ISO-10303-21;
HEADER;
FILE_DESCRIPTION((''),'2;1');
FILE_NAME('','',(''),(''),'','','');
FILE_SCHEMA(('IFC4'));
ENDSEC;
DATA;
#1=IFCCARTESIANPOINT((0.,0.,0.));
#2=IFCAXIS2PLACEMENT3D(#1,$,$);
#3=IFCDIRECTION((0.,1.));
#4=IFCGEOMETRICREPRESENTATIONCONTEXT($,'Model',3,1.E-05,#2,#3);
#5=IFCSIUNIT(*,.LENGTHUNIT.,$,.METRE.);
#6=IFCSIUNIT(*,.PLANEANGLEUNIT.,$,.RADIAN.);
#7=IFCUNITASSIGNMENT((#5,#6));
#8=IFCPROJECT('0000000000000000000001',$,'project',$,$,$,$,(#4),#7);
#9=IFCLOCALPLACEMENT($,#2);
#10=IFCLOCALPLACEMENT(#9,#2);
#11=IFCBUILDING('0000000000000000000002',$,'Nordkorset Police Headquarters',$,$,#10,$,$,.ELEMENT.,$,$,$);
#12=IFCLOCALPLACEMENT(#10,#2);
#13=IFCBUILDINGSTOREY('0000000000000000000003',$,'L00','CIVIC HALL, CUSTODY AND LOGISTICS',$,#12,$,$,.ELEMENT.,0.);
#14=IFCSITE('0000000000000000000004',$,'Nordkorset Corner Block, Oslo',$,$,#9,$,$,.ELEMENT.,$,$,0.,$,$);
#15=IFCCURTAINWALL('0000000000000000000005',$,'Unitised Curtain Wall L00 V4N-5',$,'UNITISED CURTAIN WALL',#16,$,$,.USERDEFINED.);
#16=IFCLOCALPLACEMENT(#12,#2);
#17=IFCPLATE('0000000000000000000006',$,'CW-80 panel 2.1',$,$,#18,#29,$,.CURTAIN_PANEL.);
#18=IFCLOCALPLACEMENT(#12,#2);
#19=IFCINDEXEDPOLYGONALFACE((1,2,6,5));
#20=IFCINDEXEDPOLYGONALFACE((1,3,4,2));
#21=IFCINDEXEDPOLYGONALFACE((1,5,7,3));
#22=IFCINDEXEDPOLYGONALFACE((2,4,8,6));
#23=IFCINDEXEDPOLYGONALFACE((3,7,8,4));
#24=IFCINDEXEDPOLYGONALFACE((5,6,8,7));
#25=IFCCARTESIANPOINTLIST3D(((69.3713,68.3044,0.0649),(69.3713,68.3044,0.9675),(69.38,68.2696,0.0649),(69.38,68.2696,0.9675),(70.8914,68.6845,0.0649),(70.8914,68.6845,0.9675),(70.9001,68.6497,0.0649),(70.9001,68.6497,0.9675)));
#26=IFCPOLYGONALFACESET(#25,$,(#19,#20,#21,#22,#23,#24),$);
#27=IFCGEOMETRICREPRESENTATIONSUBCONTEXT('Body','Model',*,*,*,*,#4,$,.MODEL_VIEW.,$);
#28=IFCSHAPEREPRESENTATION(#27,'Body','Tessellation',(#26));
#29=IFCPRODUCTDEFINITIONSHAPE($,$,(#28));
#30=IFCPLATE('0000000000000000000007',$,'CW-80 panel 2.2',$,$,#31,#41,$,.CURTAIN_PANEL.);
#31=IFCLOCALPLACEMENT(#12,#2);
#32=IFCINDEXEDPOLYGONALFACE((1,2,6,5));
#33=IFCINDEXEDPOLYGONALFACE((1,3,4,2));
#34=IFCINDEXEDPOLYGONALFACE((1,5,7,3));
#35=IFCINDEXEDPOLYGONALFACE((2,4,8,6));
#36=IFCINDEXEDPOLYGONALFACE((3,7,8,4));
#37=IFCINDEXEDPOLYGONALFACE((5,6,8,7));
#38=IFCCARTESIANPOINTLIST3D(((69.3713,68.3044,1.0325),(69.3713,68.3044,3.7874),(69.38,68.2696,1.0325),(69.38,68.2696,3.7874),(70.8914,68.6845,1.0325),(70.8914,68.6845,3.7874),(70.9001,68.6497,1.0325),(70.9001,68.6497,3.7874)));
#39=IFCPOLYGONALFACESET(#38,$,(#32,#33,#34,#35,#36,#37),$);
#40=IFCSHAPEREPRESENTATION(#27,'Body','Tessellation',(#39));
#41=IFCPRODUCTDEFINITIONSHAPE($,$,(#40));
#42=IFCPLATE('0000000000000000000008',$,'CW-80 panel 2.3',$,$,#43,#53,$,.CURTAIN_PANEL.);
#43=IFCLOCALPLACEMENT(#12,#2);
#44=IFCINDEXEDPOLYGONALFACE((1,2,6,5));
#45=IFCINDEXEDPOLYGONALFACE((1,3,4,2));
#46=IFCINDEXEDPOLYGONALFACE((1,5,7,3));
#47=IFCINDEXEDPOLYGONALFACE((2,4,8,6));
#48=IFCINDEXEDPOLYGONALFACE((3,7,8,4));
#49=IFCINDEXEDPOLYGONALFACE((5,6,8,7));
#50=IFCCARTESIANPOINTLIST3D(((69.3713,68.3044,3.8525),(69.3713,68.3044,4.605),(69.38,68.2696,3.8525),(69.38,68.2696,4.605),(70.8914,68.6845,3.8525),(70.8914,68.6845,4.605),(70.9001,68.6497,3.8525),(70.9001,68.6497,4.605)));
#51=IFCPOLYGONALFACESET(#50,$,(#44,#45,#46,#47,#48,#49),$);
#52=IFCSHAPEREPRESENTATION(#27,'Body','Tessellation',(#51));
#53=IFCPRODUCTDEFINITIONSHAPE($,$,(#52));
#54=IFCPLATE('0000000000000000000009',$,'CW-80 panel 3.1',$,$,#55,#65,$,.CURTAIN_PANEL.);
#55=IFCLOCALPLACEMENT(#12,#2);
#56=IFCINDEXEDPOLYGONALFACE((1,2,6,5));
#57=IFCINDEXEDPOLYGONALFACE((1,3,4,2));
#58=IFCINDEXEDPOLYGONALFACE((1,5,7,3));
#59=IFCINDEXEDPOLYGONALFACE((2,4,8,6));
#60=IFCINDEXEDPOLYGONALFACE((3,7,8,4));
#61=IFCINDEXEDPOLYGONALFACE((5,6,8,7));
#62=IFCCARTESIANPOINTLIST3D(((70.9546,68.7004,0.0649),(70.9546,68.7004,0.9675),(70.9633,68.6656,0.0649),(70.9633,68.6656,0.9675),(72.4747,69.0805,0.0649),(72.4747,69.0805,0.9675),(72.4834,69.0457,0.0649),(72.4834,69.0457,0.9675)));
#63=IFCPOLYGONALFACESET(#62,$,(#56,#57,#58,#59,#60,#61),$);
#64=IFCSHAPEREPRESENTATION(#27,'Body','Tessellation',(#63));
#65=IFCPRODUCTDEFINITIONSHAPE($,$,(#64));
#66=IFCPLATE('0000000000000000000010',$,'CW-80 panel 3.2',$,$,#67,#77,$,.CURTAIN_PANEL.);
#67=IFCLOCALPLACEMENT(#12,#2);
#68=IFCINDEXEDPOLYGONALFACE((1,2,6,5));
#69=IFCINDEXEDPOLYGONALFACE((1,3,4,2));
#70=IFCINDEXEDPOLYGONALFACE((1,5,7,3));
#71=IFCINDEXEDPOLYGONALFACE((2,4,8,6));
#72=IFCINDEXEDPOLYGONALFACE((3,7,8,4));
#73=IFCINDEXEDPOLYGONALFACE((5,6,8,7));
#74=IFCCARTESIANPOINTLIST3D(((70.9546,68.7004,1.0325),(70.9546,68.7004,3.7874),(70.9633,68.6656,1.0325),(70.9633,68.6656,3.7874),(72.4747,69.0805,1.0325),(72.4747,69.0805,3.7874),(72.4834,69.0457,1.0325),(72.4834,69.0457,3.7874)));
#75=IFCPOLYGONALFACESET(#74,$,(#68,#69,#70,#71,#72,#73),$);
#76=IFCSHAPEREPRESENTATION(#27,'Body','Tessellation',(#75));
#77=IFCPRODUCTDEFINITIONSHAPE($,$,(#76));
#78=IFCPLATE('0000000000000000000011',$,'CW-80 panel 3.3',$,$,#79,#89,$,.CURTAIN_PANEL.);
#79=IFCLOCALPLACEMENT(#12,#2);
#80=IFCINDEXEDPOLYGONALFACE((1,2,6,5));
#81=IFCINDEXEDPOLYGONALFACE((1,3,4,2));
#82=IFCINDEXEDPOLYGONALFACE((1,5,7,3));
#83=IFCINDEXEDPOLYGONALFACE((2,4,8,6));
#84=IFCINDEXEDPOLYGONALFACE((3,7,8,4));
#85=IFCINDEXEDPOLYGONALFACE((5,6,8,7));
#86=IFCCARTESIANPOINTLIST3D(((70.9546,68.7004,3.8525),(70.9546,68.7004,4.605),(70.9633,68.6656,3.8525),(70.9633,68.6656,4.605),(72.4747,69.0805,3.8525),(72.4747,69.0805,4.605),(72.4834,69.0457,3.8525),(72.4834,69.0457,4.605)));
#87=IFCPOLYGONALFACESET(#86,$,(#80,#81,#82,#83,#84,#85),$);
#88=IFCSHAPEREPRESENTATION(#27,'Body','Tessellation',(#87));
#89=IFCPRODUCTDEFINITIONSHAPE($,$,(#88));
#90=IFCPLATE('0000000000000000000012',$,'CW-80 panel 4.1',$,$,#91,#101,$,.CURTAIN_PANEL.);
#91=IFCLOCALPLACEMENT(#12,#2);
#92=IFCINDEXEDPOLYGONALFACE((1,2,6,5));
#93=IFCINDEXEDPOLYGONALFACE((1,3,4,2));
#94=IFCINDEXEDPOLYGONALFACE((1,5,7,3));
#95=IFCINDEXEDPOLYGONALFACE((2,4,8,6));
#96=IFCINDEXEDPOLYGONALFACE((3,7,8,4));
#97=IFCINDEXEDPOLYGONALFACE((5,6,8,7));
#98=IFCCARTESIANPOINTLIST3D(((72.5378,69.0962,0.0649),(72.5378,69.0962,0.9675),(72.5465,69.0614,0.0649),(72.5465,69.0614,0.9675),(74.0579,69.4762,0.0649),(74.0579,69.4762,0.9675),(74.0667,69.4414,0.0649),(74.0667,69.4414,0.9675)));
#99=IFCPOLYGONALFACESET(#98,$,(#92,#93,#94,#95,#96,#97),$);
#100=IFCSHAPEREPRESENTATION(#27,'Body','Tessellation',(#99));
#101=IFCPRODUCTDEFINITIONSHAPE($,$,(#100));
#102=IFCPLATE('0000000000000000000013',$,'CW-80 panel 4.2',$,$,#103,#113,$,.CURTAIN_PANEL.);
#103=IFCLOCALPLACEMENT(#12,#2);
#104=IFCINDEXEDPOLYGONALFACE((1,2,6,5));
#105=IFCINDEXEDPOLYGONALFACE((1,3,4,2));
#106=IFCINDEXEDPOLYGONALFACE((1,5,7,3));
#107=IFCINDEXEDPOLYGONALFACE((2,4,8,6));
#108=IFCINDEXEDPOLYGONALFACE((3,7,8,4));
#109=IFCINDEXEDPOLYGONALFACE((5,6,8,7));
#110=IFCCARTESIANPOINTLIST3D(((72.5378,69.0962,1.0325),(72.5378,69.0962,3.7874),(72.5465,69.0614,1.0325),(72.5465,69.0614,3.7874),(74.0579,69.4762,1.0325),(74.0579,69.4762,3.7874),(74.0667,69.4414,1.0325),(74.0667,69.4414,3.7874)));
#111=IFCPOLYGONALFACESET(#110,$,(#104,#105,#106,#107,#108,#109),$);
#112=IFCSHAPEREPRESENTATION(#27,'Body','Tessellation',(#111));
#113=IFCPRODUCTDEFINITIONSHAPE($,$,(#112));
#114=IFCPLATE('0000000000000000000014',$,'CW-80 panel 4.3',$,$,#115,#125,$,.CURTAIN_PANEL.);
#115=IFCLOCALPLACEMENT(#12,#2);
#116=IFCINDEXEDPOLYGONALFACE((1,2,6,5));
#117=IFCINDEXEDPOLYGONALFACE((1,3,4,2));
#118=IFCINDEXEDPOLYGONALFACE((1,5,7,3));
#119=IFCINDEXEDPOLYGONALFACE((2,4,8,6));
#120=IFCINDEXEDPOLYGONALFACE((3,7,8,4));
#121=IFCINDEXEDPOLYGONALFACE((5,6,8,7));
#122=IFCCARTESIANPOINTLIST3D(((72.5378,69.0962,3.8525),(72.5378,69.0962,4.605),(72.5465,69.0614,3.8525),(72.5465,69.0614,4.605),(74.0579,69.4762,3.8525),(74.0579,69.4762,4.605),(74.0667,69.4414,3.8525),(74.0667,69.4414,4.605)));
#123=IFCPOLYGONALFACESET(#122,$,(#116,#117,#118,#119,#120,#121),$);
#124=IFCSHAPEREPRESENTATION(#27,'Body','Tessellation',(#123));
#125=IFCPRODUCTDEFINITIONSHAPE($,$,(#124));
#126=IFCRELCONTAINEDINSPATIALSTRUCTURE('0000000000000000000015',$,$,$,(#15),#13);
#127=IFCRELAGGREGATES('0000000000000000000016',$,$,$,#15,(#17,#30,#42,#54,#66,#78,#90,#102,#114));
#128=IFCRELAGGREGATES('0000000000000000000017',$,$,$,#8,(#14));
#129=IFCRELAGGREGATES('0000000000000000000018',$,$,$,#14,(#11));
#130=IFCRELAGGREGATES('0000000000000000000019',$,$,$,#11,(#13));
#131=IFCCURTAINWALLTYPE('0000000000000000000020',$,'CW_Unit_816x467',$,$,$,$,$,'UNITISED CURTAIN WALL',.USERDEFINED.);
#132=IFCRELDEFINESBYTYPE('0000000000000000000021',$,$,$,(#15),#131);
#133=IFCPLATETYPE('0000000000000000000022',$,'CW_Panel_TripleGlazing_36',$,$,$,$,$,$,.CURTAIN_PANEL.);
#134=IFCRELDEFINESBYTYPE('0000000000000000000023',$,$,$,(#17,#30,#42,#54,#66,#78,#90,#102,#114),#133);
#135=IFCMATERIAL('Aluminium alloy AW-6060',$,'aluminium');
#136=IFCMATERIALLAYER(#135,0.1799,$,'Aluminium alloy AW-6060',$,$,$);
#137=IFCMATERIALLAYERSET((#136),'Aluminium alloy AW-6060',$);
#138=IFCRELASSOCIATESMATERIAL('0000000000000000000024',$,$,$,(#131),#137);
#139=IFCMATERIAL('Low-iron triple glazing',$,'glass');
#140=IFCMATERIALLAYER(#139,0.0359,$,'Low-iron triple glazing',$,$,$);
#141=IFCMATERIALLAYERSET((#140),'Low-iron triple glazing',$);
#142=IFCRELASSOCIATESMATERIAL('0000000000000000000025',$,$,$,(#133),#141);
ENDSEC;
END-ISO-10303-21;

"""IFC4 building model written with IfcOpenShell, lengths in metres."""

from ifc_helpers import new_model, si_unit, direction, frame, origin, origin_2d, place, context, subcontext, project, spatial, rectangle, extrude, material, layer, layer_set, type_object, element, aggregate, save


model = new_model("IFC4")

# Units and contexts
model_context = context("Model", 3, precision=1e-05, world=origin(), true_north=direction((0.0, 1.0)))
body_context = subcontext(model_context, "Body", "Model", "MODEL_VIEW")
ifc_project = project(units=[si_unit("LENGTHUNIT", "METRE"), si_unit("PLANEANGLEUNIT", "RADIAN")], contexts=[model_context])

# Site, building, storey
site_placement = place(None, origin())
site = spatial("IfcSite", under=ifc_project, at=site_placement, Name="Nordkorset Corner Block, Oslo", CompositionType="ELEMENT", RefElevation=0.0)
building_placement = place(site_placement, origin())
building = spatial("IfcBuilding", under=site, at=building_placement, Name="Nordkorset Police Headquarters", CompositionType="ELEMENT")
storey_placement = place(building_placement, origin())
storey = spatial("IfcBuildingStorey", under=building, at=storey_placement, Name="L00", Description="CIVIC HALL, CUSTODY AND LOGISTICS", CompositionType="ELEMENT", Elevation=0.0)

# Curtain wall, plates
ifc_material_1 = material(Name="Aluminium alloy AW-6060", Category="aluminium")
ifc_layer_1 = layer(ifc_material_1, 0.1799, Name="Aluminium alloy AW-6060")
ifc_layer_set_1 = layer_set([ifc_layer_1], Name="Aluminium alloy AW-6060")
curtain_wall_type = type_object("IfcCurtainWallType", Name="CW_Unit_816x467", ElementType="UNITISED CURTAIN WALL", PredefinedType="USERDEFINED", material=ifc_layer_set_1)
curtain_wall_placement = place(storey_placement, origin())
curtain_wall = element("IfcCurtainWall", 1, at=curtain_wall_placement, inside=storey, type_object=curtain_wall_type, Name="Unitised Curtain Wall L00 V4N-5", ObjectType="UNITISED CURTAIN WALL", PredefinedType="USERDEFINED")
ifc_material_2 = material(Name="Low-iron triple glazing", Category="glass")
ifc_layer_2 = layer(ifc_material_2, 0.0359, Name="Low-iron triple glazing")
ifc_layer_set_2 = layer_set([ifc_layer_2], Name="Low-iron triple glazing")
plate_type = type_object("IfcPlateType", Name="CW_Panel_TripleGlazing_36", PredefinedType="CURTAIN_PANEL", material=ifc_layer_set_2)
plate_1_placement = place(storey_placement, frame((70.1357, 68.4771, 0.0649), z_axis=(0.0, 0.0, 1.0), x_axis=(0.970143, 0.242536, 0.0)))
plate_1 = element("IfcPlate", 2, at=plate_1_placement, type_object=plate_type, Name="CW-80 panel 2.1", PredefinedType="CURTAIN_PANEL", context=body_context, shape_type="SweptSolid", body=[
    extrude(rectangle(XDim=1.5669, YDim=0.0359, at=origin_2d()), origin(), (0.0, 0.0, 1.0), 0.9026),
])
plate_2_placement = place(storey_placement, frame((70.1357, 68.4771, 1.0325), z_axis=(0.0, 0.0, 1.0), x_axis=(0.970143, 0.242536, 0.0)))
plate_2 = element("IfcPlate", 3, at=plate_2_placement, type_object=plate_type, Name="CW-80 panel 2.2", PredefinedType="CURTAIN_PANEL", context=body_context, shape_type="SweptSolid", body=[
    extrude(rectangle(XDim=1.5669, YDim=0.0359, at=origin_2d()), origin(), (0.0, 0.0, 1.0), 2.7549),
])
plate_3_placement = place(storey_placement, frame((70.1357, 68.4771, 3.8525), z_axis=(0.0, 0.0, 1.0), x_axis=(0.970143, 0.242536, 0.0)))
plate_3 = element("IfcPlate", 4, at=plate_3_placement, type_object=plate_type, Name="CW-80 panel 2.3", PredefinedType="CURTAIN_PANEL", context=body_context, shape_type="SweptSolid", body=[
    extrude(rectangle(XDim=1.5669, YDim=0.0359, at=origin_2d()), origin(), (0.0, 0.0, 1.0), 0.7524),
])
plate_4_placement = place(storey_placement, frame((71.719, 68.873, 0.0649), z_axis=(0.0, 0.0, 1.0), x_axis=(0.970143, 0.242536, 0.0)))
plate_4 = element("IfcPlate", 5, at=plate_4_placement, type_object=plate_type, Name="CW-80 panel 3.1", PredefinedType="CURTAIN_PANEL", context=body_context, shape_type="SweptSolid", body=[
    extrude(rectangle(XDim=1.5669, YDim=0.0359, at=origin_2d()), origin(), (0.0, 0.0, 1.0), 0.9026),
])
plate_5_placement = place(storey_placement, frame((71.719, 68.873, 1.0325), z_axis=(0.0, 0.0, 1.0), x_axis=(0.970143, 0.242536, 0.0)))
plate_5 = element("IfcPlate", 6, at=plate_5_placement, type_object=plate_type, Name="CW-80 panel 3.2", PredefinedType="CURTAIN_PANEL", context=body_context, shape_type="SweptSolid", body=[
    extrude(rectangle(XDim=1.5669, YDim=0.0359, at=origin_2d()), origin(), (0.0, 0.0, 1.0), 2.7549),
])
plate_6_placement = place(storey_placement, frame((71.719, 68.873, 3.8525), z_axis=(0.0, 0.0, 1.0), x_axis=(0.970143, 0.242536, 0.0)))
plate_6 = element("IfcPlate", 7, at=plate_6_placement, type_object=plate_type, Name="CW-80 panel 3.3", PredefinedType="CURTAIN_PANEL", context=body_context, shape_type="SweptSolid", body=[
    extrude(rectangle(XDim=1.5669, YDim=0.0359, at=origin_2d()), origin(), (0.0, 0.0, 1.0), 0.7524),
])
plate_7_placement = place(storey_placement, frame((73.3022, 69.2688, 0.0649), z_axis=(0.0, 0.0, 1.0), x_axis=(0.970143, 0.242536, 0.0)))
plate_7 = element("IfcPlate", 8, at=plate_7_placement, type_object=plate_type, Name="CW-80 panel 4.1", PredefinedType="CURTAIN_PANEL", context=body_context, shape_type="SweptSolid", body=[
    extrude(rectangle(XDim=1.5669, YDim=0.0359, at=origin_2d()), origin(), (0.0, 0.0, 1.0), 0.9026),
])
plate_8_placement = place(storey_placement, frame((73.3022, 69.2688, 1.0325), z_axis=(0.0, 0.0, 1.0), x_axis=(0.970143, 0.242536, 0.0)))
plate_8 = element("IfcPlate", 9, at=plate_8_placement, type_object=plate_type, Name="CW-80 panel 4.2", PredefinedType="CURTAIN_PANEL", context=body_context, shape_type="SweptSolid", body=[
    extrude(rectangle(XDim=1.5669, YDim=0.0359, at=origin_2d()), origin(), (0.0, 0.0, 1.0), 2.7549),
])
plate_9_placement = place(storey_placement, frame((73.3022, 69.2688, 3.8525), z_axis=(0.0, 0.0, 1.0), x_axis=(0.970143, 0.242536, 0.0)))
plate_9 = element("IfcPlate", 10, at=plate_9_placement, type_object=plate_type, Name="CW-80 panel 4.3", PredefinedType="CURTAIN_PANEL", context=body_context, shape_type="SweptSolid", body=[
    extrude(rectangle(XDim=1.5669, YDim=0.0359, at=origin_2d()), origin(), (0.0, 0.0, 1.0), 0.7524),
])
aggregate(curtain_wall, [plate_1, plate_2, plate_3, plate_4, plate_5, plate_6, plate_7, plate_8, plate_9])

save(model, "model.ifc")
